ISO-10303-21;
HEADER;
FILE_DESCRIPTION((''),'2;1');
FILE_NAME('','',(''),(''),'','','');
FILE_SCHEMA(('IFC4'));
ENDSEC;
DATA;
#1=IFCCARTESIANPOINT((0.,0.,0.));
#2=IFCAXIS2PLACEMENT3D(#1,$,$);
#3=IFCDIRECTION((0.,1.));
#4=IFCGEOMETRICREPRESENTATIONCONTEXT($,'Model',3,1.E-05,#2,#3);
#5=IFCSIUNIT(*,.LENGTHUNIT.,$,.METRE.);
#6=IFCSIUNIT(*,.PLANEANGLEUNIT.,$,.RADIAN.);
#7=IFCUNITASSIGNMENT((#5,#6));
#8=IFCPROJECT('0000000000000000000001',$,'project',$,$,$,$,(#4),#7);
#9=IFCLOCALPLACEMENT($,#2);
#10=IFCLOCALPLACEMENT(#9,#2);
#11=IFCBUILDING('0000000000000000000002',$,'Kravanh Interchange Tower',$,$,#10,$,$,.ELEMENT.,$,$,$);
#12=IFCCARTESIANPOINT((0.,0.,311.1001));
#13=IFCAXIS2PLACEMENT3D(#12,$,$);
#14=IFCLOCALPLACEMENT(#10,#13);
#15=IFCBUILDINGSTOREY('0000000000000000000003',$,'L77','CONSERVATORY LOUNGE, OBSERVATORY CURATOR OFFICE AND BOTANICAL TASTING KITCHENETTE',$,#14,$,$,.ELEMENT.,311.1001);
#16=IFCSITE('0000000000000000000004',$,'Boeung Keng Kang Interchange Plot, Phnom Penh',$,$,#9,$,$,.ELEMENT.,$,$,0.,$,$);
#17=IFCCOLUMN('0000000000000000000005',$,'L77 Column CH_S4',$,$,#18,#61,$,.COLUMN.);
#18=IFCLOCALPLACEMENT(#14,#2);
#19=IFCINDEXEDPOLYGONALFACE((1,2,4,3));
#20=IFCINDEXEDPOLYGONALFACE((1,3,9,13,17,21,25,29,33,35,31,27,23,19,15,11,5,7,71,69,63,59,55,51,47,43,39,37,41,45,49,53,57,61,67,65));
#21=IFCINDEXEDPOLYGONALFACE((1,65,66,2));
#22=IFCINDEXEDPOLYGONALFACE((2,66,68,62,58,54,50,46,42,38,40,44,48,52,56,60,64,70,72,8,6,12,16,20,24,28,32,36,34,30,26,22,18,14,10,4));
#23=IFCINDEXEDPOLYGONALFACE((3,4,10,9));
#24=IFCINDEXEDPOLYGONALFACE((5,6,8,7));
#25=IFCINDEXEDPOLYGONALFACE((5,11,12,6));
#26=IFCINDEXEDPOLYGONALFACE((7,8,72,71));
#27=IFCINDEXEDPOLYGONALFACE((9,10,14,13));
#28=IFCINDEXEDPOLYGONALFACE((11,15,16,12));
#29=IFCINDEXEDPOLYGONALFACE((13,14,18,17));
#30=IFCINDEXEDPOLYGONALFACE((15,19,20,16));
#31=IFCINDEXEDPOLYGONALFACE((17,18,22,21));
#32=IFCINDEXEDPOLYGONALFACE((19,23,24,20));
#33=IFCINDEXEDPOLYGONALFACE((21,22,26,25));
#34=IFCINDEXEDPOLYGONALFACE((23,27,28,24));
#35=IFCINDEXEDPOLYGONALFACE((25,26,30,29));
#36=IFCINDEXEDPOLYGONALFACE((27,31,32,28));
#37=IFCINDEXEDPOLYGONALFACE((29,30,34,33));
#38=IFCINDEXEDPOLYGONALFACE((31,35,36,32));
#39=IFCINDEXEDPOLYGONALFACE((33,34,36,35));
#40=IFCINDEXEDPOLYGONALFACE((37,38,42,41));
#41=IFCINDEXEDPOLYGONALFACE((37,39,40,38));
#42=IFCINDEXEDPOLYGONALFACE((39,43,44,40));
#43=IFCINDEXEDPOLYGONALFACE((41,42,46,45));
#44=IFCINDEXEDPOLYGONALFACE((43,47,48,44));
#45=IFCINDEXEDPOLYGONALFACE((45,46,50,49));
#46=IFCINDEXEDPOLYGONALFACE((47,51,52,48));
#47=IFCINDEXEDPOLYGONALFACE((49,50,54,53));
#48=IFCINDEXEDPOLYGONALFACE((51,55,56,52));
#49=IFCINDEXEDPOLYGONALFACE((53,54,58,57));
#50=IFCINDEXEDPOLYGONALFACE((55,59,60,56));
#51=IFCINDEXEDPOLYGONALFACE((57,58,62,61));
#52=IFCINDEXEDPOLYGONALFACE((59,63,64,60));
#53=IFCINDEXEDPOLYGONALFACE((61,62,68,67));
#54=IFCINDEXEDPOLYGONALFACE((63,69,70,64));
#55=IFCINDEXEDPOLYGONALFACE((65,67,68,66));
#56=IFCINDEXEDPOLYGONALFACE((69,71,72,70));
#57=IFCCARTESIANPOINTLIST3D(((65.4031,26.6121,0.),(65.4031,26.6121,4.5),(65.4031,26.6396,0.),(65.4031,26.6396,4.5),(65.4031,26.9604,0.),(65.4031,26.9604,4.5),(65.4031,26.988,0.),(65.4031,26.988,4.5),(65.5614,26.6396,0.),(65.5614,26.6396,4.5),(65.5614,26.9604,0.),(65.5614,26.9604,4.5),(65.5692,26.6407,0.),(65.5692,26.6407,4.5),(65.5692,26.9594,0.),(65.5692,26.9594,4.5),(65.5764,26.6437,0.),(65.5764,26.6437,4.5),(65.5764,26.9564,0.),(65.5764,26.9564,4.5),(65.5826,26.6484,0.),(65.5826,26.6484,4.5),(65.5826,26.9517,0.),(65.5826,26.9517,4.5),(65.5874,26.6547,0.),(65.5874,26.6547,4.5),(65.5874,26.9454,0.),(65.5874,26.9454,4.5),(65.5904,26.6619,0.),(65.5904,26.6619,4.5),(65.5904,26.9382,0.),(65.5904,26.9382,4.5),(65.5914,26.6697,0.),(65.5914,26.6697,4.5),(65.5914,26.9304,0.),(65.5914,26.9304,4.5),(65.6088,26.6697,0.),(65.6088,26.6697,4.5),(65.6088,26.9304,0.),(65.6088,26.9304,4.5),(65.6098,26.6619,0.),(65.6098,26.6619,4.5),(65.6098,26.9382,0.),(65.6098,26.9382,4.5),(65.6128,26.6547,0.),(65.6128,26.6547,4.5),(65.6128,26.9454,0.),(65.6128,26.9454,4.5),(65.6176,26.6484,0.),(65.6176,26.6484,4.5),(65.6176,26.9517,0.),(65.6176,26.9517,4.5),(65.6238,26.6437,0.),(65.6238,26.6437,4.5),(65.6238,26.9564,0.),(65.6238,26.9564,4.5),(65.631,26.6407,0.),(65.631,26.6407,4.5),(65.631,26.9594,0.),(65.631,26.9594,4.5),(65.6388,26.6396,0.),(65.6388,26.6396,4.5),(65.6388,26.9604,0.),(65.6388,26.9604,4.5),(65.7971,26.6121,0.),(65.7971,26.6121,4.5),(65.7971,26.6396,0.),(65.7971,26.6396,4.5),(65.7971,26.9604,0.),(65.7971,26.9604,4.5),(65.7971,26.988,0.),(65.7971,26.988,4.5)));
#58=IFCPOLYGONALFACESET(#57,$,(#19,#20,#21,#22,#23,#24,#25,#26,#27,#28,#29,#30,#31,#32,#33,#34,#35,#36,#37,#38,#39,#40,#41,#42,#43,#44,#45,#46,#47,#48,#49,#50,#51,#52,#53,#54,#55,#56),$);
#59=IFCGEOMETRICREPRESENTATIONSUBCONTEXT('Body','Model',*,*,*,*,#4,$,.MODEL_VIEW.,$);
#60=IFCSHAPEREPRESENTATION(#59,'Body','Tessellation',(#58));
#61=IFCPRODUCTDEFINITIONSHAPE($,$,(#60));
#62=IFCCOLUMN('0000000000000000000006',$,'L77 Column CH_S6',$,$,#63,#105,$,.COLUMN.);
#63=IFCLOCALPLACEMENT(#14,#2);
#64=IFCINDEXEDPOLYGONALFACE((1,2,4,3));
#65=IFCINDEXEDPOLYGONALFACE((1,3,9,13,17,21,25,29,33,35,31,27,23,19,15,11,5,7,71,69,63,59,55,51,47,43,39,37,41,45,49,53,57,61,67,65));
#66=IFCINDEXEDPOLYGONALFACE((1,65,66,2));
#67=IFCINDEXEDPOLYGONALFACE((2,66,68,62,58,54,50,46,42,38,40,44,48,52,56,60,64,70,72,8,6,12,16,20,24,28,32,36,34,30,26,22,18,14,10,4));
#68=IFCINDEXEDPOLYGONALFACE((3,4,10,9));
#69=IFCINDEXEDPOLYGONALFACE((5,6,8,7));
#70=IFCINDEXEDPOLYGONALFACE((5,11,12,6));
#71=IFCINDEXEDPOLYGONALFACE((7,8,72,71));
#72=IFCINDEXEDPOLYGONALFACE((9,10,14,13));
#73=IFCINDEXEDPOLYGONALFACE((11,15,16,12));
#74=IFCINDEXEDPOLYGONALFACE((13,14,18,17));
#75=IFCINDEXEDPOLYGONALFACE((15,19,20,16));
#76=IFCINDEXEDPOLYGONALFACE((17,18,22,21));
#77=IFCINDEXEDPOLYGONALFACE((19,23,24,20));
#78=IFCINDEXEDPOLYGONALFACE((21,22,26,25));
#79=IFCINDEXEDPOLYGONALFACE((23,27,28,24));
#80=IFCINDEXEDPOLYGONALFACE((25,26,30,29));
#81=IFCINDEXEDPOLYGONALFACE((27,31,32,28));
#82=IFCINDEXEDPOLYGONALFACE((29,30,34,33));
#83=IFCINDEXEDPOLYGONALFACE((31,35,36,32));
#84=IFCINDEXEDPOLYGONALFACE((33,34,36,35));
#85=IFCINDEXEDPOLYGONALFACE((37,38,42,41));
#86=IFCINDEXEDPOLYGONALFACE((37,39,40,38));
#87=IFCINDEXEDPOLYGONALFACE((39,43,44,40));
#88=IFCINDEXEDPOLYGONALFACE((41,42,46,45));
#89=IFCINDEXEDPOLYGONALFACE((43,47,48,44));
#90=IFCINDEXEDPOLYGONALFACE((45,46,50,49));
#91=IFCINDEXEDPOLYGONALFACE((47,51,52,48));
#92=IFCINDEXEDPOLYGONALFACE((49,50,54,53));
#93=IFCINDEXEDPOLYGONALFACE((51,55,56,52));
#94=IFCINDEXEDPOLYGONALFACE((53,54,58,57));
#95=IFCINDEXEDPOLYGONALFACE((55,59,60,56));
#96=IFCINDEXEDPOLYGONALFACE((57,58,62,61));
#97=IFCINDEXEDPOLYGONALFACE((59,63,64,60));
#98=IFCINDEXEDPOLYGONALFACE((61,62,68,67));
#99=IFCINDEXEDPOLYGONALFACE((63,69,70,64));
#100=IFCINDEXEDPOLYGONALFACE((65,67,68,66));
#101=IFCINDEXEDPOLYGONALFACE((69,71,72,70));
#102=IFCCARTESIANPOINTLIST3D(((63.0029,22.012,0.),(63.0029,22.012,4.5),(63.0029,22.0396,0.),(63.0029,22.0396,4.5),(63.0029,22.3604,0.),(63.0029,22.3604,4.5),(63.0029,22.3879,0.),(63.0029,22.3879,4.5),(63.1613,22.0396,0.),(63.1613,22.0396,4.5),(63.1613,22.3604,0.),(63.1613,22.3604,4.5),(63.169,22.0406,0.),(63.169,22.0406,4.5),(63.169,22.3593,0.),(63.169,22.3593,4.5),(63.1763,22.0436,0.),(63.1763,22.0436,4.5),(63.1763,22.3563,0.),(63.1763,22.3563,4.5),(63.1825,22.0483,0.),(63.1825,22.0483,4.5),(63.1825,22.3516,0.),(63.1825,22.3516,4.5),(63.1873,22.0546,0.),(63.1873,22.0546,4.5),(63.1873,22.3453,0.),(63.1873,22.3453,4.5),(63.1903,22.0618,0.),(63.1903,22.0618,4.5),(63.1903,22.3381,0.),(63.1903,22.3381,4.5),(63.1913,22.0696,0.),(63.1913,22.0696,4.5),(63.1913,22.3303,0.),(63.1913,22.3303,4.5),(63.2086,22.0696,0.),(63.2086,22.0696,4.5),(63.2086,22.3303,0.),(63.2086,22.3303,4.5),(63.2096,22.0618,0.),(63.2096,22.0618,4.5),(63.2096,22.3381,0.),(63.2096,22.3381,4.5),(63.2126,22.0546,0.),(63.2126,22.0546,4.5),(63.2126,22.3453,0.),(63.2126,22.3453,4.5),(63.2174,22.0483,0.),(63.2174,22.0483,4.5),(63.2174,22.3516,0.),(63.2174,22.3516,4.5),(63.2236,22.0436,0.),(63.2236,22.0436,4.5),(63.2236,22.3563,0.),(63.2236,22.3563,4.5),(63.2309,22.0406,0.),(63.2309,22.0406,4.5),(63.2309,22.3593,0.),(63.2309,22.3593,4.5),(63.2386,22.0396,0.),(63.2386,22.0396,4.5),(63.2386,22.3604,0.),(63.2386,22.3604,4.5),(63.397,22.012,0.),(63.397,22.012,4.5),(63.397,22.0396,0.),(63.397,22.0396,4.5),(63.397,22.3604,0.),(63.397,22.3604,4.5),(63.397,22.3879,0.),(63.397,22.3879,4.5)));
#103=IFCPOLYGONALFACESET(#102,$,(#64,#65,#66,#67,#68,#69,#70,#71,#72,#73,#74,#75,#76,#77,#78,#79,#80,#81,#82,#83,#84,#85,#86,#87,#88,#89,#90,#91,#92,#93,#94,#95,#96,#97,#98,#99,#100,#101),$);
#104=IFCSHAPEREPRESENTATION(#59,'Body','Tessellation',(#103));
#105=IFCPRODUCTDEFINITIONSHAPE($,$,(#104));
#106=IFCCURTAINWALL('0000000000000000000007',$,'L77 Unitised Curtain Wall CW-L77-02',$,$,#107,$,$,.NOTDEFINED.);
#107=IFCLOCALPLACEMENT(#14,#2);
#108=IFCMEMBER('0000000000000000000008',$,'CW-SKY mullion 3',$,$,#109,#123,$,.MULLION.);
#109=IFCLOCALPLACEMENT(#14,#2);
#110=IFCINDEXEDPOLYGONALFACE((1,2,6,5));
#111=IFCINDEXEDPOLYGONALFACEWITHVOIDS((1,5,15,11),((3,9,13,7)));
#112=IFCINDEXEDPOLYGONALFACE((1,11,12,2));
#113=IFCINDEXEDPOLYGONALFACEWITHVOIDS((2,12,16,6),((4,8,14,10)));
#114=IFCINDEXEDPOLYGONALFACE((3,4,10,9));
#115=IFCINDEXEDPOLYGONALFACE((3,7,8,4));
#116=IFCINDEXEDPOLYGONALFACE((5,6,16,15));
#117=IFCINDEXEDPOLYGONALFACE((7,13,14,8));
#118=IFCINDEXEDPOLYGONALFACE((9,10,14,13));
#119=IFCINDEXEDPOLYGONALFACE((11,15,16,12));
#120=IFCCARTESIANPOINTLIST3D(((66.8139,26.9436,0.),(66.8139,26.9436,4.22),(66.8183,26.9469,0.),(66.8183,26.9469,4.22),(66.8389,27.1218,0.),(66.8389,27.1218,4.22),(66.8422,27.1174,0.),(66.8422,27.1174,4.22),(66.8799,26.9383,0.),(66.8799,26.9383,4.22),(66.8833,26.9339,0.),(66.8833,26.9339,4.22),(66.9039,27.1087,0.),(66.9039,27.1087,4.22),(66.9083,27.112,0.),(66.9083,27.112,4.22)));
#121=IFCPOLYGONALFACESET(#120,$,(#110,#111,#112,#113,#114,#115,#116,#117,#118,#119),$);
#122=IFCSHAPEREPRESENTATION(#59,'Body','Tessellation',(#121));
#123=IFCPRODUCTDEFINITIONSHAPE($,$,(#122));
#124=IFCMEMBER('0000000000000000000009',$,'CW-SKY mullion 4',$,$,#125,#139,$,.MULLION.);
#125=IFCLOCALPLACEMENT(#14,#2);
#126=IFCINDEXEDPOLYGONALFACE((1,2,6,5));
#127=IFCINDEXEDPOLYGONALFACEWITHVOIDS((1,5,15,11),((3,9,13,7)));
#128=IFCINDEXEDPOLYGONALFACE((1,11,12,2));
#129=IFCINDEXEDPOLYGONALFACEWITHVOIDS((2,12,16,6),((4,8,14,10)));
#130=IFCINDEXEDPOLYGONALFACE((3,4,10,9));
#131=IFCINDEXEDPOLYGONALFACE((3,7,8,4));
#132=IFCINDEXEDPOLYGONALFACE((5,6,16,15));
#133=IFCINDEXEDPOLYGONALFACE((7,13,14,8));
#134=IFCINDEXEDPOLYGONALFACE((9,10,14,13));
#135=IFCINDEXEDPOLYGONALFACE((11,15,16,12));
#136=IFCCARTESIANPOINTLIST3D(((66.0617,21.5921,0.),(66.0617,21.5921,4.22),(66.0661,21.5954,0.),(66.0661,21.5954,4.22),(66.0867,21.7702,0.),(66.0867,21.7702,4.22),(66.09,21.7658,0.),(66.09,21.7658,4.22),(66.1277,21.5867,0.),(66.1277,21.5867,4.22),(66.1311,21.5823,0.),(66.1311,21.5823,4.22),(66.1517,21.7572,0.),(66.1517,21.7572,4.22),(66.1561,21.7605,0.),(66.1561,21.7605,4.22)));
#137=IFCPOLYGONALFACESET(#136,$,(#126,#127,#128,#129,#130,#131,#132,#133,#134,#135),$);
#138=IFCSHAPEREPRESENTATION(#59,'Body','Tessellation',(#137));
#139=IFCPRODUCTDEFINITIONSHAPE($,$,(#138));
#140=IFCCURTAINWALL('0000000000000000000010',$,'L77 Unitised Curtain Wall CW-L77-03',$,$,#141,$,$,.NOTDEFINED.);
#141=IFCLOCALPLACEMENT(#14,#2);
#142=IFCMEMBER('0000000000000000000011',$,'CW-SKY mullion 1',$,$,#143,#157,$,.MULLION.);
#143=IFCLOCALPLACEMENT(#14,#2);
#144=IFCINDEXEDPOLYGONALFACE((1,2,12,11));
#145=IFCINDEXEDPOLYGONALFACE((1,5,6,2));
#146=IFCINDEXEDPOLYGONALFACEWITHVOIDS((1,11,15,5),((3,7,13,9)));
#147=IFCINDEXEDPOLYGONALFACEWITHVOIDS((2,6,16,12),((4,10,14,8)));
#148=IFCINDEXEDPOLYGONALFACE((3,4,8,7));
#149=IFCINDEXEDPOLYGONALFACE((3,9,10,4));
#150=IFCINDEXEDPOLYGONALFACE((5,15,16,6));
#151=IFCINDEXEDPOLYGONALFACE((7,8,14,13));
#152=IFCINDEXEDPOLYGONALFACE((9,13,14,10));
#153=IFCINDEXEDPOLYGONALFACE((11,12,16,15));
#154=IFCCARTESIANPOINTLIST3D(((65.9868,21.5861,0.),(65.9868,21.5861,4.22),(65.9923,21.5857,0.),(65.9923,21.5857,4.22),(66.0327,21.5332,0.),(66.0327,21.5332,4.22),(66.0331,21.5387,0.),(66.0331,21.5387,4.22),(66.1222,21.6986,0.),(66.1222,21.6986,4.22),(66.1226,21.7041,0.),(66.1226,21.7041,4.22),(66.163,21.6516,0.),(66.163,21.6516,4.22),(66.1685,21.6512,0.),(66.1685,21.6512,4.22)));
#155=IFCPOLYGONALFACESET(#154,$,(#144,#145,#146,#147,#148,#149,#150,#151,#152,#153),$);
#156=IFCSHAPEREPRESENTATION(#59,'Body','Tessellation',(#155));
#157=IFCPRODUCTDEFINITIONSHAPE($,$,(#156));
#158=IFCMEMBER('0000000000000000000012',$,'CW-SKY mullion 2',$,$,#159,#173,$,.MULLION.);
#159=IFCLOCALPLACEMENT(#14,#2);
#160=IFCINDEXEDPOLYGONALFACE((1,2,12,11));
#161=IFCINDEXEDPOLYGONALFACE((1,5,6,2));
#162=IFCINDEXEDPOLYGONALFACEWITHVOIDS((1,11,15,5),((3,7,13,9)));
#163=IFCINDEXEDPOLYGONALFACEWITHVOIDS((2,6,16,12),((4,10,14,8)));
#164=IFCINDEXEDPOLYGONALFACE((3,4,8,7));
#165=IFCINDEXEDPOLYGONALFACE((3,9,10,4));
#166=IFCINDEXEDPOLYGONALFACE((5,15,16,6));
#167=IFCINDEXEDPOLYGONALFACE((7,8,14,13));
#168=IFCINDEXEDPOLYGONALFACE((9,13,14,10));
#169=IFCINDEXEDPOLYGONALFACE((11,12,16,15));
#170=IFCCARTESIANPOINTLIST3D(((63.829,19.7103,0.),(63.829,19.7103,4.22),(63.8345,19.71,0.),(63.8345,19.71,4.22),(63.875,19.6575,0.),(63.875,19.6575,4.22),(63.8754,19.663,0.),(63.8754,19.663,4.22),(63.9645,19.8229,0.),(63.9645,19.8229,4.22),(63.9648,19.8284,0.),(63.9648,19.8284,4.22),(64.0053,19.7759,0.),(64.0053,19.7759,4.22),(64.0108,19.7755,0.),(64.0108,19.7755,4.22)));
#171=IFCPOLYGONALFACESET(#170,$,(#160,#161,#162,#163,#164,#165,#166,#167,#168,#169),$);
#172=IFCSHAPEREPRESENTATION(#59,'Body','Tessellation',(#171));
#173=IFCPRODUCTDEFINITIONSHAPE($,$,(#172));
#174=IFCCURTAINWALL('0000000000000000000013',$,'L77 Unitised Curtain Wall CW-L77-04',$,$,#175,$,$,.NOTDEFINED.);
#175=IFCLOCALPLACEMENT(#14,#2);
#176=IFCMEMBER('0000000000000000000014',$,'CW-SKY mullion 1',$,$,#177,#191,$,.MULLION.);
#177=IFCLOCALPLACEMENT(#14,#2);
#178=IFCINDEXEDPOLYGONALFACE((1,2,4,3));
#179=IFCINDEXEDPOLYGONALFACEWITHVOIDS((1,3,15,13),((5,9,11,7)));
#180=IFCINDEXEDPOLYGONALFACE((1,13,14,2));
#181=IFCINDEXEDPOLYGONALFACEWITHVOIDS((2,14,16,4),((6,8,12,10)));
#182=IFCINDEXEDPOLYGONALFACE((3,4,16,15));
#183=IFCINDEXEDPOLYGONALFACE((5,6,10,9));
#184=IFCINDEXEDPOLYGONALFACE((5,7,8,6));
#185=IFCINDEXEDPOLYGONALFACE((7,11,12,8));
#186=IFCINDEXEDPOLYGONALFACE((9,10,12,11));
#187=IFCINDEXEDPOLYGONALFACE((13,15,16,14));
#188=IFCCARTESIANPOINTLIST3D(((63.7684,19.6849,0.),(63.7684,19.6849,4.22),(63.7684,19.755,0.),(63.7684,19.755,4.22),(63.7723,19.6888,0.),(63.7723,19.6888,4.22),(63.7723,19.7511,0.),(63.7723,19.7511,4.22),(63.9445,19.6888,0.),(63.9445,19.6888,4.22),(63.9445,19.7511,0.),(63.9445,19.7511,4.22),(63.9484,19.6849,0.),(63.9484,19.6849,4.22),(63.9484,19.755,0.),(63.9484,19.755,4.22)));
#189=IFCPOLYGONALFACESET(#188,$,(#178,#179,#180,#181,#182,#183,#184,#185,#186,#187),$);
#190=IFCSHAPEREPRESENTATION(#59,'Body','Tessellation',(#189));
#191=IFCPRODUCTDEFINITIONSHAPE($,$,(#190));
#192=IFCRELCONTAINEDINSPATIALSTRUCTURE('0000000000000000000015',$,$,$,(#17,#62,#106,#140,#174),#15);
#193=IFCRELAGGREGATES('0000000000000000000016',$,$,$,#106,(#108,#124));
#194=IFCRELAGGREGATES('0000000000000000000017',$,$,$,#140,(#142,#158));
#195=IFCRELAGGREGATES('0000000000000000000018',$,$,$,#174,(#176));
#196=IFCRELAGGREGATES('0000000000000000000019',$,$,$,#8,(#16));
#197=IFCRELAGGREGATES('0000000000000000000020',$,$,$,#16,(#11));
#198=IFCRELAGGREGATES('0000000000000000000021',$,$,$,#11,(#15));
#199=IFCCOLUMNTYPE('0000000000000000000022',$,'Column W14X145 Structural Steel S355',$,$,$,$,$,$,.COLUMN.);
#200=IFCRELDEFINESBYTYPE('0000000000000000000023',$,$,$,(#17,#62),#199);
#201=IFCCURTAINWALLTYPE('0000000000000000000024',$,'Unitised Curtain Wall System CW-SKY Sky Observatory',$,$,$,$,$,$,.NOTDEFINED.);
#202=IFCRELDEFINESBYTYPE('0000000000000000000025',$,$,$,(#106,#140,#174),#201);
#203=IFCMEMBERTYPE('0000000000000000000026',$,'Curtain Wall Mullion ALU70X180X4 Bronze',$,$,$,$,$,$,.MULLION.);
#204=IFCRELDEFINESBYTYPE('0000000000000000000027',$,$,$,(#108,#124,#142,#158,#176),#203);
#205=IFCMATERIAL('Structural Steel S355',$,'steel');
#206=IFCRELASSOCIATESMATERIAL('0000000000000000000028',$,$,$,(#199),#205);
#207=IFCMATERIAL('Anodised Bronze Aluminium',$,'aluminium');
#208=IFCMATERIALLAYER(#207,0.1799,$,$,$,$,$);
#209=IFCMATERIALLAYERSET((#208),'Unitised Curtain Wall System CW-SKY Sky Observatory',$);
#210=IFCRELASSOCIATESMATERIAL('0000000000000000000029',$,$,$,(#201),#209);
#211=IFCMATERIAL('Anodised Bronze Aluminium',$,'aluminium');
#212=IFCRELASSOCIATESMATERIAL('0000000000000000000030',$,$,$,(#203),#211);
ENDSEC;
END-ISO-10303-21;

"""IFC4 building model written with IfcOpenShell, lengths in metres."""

from ifc_helpers import new_model, si_unit, direction, frame, origin, origin_2d, place, context, subcontext, project, spatial, hollow_rectangle, i_section, extrude, material, layer, layer_set, material_profile, profile_set, type_object, element, aggregate, save


model = new_model("IFC4")

# Units and contexts
model_context = context("Model", 3, precision=1e-05, world=origin(), true_north=direction((0.0, 1.0)))
body_context = subcontext(model_context, "Body", "Model", "MODEL_VIEW")
ifc_project = project(units=[si_unit("LENGTHUNIT", "METRE"), si_unit("PLANEANGLEUNIT", "RADIAN")], contexts=[model_context])

# Site, building, storey
site_placement = place(None, origin())
site = spatial("IfcSite", under=ifc_project, at=site_placement, Name="Boeung Keng Kang Interchange Plot, Phnom Penh", CompositionType="ELEMENT", RefElevation=0.0)
building_placement = place(site_placement, origin())
building = spatial("IfcBuilding", under=site, at=building_placement, Name="Kravanh Interchange Tower", CompositionType="ELEMENT")
storey_placement = place(building_placement, frame((0.0, 0.0, 311.1001)))
storey = spatial("IfcBuildingStorey", under=building, at=storey_placement, Name="L77", Description="CONSERVATORY LOUNGE, OBSERVATORY CURATOR OFFICE AND BOTANICAL TASTING KITCHENETTE", CompositionType="ELEMENT", Elevation=311.1001)

# Columns
ifc_material_1 = material(Name="Structural Steel S355", Category="steel")
ifc_material_profile_1 = material_profile(ifc_material_1, i_section(OverallWidth=0.394, OverallDepth=0.376, WebThickness=0.0173, FlangeThickness=0.0276, FilletRadius=0.03, at=origin_2d()), Name="W14X145")
ifc_profile_set_1 = profile_set([ifc_material_profile_1], Name="Structural Steel S355")
column_type = type_object("IfcColumnType", Name="Column W14X145 Structural Steel S355", PredefinedType="COLUMN", material=ifc_profile_set_1)
for number, where, z_axis, x_axis, name in (
    (1, (65.6001, 26.8, 0.0), (0.0, 0.0, 1.0), (1.0, 0.0, 0.0), "L77 Column CH_S4"),
    (2, (63.2, 22.2, 0.0), (0.0, 0.0, 1.0), (1.0, 0.0, 0.0), "L77 Column CH_S6"),
):
    element("IfcColumn", number, at=place(storey_placement, frame(where, z_axis=z_axis, x_axis=x_axis)), inside=storey, type_object=column_type, Name=name, PredefinedType="COLUMN", context=body_context, shape_type="SweptSolid", body=[
        extrude(i_section(OverallWidth=0.394, OverallDepth=0.376, WebThickness=0.0173, FlangeThickness=0.0276, FilletRadius=0.03, at=origin_2d()), origin(), (0.0, 0.0, 1.0), 4.5),
    ])

# Curtain walls, members
ifc_material_2 = material(Name="Anodised Bronze Aluminium", Category="aluminium")
ifc_layer_1 = layer(ifc_material_2, 0.1799)
ifc_layer_set_1 = layer_set([ifc_layer_1], Name="Unitised Curtain Wall System CW-SKY Sky Observatory")
curtain_wall_type = type_object("IfcCurtainWallType", Name="Unitised Curtain Wall System CW-SKY Sky Observatory", PredefinedType="NOTDEFINED", material=ifc_layer_set_1)
curtain_wall_1_placement = place(storey_placement, origin())
curtain_wall_1 = element("IfcCurtainWall", 3, at=curtain_wall_1_placement, inside=storey, type_object=curtain_wall_type, Name="L77 Unitised Curtain Wall CW-L77-02", PredefinedType="NOTDEFINED")
ifc_material_3 = material(Name="Anodised Bronze Aluminium", Category="aluminium")
ifc_material_profile_2 = material_profile(ifc_material_3, hollow_rectangle(XDim=0.0701, YDim=0.1799, WallThickness=0.0039, at=origin_2d()), Name="ALU70X180X4")
ifc_profile_set_2 = profile_set([ifc_material_profile_2], Name="Anodised Bronze Aluminium")
member_type_1 = type_object("IfcMemberType", Name="Curtain Wall Mullion ALU70X180X4 Bronze", PredefinedType="MULLION", material=ifc_profile_set_2)
member_1_placement = place(storey_placement, frame((66.8611, 27.0278, 0.0), z_axis=(0.0, 0.0, 1.0), x_axis=(0.990267, -0.139178, 0.0)))
member_1 = element("IfcMember", 4, at=member_1_placement, type_object=member_type_1, Name="CW-SKY mullion 3", PredefinedType="MULLION", context=body_context, shape_type="SweptSolid", body=[
    extrude(hollow_rectangle(XDim=0.0701, YDim=0.1799, WallThickness=0.0039, at=origin_2d()), origin(), (0.0, 0.0, 1.0), 4.22),
])
member_2_placement = place(storey_placement, frame((66.1089, 21.6763, 0.0), z_axis=(0.0, 0.0, 1.0), x_axis=(0.990267, -0.139178, 0.0)))
member_2 = element("IfcMember", 5, at=member_2_placement, type_object=member_type_1, Name="CW-SKY mullion 4", PredefinedType="MULLION", context=body_context, shape_type="SweptSolid", body=[
    extrude(hollow_rectangle(XDim=0.0701, YDim=0.1799, WallThickness=0.0039, at=origin_2d()), origin(), (0.0, 0.0, 1.0), 4.22),
])
curtain_wall_2_placement = place(storey_placement, origin())
curtain_wall_2 = element("IfcCurtainWall", 6, at=curtain_wall_2_placement, inside=storey, type_object=curtain_wall_type, Name="L77 Unitised Curtain Wall CW-L77-03", PredefinedType="NOTDEFINED")
member_3_placement = place(storey_placement, frame((66.0776, 21.6187, 0.0), z_axis=(0.0, 0.0, 1.0), x_axis=(0.65605, -0.754717, 0.0)))
member_3 = element("IfcMember", 7, at=member_3_placement, type_object=member_type_1, Name="CW-SKY mullion 1", PredefinedType="MULLION", context=body_context, shape_type="SweptSolid", body=[
    extrude(hollow_rectangle(XDim=0.0701, YDim=0.1799, WallThickness=0.0039, at=origin_2d()), origin(), (0.0, 0.0, 1.0), 4.22),
])
member_4_placement = place(storey_placement, frame((63.9199, 19.7429, 0.0), z_axis=(0.0, 0.0, 1.0), x_axis=(0.65605, -0.754717, 0.0)))
member_4 = element("IfcMember", 8, at=member_4_placement, type_object=member_type_1, Name="CW-SKY mullion 2", PredefinedType="MULLION", context=body_context, shape_type="SweptSolid", body=[
    extrude(hollow_rectangle(XDim=0.0701, YDim=0.1799, WallThickness=0.0039, at=origin_2d()), origin(), (0.0, 0.0, 1.0), 4.22),
])

# Curtain wall, member
curtain_wall_3_placement = place(storey_placement, origin())
curtain_wall_3 = element("IfcCurtainWall", 9, at=curtain_wall_3_placement, inside=storey, type_object=curtain_wall_type, Name="L77 Unitised Curtain Wall CW-L77-04", PredefinedType="NOTDEFINED")
member_5_placement = place(storey_placement, frame((63.8584, 19.72, 0.0), z_axis=(0.0, 0.0, 1.0), x_axis=(0.0, -1.0, 0.0)))
member_5 = element("IfcMember", 10, at=member_5_placement, type_object=member_type_1, Name="CW-SKY mullion 1", PredefinedType="MULLION", context=body_context, shape_type="SweptSolid", body=[
    extrude(hollow_rectangle(XDim=0.0701, YDim=0.1799, WallThickness=0.0039, at=origin_2d()), origin(), (0.0, 0.0, 1.0), 4.22),
])

aggregate(curtain_wall_1, [member_1, member_2])
aggregate(curtain_wall_2, [member_3, member_4])
aggregate(curtain_wall_3, [member_5])

save(model, "model.ifc")
